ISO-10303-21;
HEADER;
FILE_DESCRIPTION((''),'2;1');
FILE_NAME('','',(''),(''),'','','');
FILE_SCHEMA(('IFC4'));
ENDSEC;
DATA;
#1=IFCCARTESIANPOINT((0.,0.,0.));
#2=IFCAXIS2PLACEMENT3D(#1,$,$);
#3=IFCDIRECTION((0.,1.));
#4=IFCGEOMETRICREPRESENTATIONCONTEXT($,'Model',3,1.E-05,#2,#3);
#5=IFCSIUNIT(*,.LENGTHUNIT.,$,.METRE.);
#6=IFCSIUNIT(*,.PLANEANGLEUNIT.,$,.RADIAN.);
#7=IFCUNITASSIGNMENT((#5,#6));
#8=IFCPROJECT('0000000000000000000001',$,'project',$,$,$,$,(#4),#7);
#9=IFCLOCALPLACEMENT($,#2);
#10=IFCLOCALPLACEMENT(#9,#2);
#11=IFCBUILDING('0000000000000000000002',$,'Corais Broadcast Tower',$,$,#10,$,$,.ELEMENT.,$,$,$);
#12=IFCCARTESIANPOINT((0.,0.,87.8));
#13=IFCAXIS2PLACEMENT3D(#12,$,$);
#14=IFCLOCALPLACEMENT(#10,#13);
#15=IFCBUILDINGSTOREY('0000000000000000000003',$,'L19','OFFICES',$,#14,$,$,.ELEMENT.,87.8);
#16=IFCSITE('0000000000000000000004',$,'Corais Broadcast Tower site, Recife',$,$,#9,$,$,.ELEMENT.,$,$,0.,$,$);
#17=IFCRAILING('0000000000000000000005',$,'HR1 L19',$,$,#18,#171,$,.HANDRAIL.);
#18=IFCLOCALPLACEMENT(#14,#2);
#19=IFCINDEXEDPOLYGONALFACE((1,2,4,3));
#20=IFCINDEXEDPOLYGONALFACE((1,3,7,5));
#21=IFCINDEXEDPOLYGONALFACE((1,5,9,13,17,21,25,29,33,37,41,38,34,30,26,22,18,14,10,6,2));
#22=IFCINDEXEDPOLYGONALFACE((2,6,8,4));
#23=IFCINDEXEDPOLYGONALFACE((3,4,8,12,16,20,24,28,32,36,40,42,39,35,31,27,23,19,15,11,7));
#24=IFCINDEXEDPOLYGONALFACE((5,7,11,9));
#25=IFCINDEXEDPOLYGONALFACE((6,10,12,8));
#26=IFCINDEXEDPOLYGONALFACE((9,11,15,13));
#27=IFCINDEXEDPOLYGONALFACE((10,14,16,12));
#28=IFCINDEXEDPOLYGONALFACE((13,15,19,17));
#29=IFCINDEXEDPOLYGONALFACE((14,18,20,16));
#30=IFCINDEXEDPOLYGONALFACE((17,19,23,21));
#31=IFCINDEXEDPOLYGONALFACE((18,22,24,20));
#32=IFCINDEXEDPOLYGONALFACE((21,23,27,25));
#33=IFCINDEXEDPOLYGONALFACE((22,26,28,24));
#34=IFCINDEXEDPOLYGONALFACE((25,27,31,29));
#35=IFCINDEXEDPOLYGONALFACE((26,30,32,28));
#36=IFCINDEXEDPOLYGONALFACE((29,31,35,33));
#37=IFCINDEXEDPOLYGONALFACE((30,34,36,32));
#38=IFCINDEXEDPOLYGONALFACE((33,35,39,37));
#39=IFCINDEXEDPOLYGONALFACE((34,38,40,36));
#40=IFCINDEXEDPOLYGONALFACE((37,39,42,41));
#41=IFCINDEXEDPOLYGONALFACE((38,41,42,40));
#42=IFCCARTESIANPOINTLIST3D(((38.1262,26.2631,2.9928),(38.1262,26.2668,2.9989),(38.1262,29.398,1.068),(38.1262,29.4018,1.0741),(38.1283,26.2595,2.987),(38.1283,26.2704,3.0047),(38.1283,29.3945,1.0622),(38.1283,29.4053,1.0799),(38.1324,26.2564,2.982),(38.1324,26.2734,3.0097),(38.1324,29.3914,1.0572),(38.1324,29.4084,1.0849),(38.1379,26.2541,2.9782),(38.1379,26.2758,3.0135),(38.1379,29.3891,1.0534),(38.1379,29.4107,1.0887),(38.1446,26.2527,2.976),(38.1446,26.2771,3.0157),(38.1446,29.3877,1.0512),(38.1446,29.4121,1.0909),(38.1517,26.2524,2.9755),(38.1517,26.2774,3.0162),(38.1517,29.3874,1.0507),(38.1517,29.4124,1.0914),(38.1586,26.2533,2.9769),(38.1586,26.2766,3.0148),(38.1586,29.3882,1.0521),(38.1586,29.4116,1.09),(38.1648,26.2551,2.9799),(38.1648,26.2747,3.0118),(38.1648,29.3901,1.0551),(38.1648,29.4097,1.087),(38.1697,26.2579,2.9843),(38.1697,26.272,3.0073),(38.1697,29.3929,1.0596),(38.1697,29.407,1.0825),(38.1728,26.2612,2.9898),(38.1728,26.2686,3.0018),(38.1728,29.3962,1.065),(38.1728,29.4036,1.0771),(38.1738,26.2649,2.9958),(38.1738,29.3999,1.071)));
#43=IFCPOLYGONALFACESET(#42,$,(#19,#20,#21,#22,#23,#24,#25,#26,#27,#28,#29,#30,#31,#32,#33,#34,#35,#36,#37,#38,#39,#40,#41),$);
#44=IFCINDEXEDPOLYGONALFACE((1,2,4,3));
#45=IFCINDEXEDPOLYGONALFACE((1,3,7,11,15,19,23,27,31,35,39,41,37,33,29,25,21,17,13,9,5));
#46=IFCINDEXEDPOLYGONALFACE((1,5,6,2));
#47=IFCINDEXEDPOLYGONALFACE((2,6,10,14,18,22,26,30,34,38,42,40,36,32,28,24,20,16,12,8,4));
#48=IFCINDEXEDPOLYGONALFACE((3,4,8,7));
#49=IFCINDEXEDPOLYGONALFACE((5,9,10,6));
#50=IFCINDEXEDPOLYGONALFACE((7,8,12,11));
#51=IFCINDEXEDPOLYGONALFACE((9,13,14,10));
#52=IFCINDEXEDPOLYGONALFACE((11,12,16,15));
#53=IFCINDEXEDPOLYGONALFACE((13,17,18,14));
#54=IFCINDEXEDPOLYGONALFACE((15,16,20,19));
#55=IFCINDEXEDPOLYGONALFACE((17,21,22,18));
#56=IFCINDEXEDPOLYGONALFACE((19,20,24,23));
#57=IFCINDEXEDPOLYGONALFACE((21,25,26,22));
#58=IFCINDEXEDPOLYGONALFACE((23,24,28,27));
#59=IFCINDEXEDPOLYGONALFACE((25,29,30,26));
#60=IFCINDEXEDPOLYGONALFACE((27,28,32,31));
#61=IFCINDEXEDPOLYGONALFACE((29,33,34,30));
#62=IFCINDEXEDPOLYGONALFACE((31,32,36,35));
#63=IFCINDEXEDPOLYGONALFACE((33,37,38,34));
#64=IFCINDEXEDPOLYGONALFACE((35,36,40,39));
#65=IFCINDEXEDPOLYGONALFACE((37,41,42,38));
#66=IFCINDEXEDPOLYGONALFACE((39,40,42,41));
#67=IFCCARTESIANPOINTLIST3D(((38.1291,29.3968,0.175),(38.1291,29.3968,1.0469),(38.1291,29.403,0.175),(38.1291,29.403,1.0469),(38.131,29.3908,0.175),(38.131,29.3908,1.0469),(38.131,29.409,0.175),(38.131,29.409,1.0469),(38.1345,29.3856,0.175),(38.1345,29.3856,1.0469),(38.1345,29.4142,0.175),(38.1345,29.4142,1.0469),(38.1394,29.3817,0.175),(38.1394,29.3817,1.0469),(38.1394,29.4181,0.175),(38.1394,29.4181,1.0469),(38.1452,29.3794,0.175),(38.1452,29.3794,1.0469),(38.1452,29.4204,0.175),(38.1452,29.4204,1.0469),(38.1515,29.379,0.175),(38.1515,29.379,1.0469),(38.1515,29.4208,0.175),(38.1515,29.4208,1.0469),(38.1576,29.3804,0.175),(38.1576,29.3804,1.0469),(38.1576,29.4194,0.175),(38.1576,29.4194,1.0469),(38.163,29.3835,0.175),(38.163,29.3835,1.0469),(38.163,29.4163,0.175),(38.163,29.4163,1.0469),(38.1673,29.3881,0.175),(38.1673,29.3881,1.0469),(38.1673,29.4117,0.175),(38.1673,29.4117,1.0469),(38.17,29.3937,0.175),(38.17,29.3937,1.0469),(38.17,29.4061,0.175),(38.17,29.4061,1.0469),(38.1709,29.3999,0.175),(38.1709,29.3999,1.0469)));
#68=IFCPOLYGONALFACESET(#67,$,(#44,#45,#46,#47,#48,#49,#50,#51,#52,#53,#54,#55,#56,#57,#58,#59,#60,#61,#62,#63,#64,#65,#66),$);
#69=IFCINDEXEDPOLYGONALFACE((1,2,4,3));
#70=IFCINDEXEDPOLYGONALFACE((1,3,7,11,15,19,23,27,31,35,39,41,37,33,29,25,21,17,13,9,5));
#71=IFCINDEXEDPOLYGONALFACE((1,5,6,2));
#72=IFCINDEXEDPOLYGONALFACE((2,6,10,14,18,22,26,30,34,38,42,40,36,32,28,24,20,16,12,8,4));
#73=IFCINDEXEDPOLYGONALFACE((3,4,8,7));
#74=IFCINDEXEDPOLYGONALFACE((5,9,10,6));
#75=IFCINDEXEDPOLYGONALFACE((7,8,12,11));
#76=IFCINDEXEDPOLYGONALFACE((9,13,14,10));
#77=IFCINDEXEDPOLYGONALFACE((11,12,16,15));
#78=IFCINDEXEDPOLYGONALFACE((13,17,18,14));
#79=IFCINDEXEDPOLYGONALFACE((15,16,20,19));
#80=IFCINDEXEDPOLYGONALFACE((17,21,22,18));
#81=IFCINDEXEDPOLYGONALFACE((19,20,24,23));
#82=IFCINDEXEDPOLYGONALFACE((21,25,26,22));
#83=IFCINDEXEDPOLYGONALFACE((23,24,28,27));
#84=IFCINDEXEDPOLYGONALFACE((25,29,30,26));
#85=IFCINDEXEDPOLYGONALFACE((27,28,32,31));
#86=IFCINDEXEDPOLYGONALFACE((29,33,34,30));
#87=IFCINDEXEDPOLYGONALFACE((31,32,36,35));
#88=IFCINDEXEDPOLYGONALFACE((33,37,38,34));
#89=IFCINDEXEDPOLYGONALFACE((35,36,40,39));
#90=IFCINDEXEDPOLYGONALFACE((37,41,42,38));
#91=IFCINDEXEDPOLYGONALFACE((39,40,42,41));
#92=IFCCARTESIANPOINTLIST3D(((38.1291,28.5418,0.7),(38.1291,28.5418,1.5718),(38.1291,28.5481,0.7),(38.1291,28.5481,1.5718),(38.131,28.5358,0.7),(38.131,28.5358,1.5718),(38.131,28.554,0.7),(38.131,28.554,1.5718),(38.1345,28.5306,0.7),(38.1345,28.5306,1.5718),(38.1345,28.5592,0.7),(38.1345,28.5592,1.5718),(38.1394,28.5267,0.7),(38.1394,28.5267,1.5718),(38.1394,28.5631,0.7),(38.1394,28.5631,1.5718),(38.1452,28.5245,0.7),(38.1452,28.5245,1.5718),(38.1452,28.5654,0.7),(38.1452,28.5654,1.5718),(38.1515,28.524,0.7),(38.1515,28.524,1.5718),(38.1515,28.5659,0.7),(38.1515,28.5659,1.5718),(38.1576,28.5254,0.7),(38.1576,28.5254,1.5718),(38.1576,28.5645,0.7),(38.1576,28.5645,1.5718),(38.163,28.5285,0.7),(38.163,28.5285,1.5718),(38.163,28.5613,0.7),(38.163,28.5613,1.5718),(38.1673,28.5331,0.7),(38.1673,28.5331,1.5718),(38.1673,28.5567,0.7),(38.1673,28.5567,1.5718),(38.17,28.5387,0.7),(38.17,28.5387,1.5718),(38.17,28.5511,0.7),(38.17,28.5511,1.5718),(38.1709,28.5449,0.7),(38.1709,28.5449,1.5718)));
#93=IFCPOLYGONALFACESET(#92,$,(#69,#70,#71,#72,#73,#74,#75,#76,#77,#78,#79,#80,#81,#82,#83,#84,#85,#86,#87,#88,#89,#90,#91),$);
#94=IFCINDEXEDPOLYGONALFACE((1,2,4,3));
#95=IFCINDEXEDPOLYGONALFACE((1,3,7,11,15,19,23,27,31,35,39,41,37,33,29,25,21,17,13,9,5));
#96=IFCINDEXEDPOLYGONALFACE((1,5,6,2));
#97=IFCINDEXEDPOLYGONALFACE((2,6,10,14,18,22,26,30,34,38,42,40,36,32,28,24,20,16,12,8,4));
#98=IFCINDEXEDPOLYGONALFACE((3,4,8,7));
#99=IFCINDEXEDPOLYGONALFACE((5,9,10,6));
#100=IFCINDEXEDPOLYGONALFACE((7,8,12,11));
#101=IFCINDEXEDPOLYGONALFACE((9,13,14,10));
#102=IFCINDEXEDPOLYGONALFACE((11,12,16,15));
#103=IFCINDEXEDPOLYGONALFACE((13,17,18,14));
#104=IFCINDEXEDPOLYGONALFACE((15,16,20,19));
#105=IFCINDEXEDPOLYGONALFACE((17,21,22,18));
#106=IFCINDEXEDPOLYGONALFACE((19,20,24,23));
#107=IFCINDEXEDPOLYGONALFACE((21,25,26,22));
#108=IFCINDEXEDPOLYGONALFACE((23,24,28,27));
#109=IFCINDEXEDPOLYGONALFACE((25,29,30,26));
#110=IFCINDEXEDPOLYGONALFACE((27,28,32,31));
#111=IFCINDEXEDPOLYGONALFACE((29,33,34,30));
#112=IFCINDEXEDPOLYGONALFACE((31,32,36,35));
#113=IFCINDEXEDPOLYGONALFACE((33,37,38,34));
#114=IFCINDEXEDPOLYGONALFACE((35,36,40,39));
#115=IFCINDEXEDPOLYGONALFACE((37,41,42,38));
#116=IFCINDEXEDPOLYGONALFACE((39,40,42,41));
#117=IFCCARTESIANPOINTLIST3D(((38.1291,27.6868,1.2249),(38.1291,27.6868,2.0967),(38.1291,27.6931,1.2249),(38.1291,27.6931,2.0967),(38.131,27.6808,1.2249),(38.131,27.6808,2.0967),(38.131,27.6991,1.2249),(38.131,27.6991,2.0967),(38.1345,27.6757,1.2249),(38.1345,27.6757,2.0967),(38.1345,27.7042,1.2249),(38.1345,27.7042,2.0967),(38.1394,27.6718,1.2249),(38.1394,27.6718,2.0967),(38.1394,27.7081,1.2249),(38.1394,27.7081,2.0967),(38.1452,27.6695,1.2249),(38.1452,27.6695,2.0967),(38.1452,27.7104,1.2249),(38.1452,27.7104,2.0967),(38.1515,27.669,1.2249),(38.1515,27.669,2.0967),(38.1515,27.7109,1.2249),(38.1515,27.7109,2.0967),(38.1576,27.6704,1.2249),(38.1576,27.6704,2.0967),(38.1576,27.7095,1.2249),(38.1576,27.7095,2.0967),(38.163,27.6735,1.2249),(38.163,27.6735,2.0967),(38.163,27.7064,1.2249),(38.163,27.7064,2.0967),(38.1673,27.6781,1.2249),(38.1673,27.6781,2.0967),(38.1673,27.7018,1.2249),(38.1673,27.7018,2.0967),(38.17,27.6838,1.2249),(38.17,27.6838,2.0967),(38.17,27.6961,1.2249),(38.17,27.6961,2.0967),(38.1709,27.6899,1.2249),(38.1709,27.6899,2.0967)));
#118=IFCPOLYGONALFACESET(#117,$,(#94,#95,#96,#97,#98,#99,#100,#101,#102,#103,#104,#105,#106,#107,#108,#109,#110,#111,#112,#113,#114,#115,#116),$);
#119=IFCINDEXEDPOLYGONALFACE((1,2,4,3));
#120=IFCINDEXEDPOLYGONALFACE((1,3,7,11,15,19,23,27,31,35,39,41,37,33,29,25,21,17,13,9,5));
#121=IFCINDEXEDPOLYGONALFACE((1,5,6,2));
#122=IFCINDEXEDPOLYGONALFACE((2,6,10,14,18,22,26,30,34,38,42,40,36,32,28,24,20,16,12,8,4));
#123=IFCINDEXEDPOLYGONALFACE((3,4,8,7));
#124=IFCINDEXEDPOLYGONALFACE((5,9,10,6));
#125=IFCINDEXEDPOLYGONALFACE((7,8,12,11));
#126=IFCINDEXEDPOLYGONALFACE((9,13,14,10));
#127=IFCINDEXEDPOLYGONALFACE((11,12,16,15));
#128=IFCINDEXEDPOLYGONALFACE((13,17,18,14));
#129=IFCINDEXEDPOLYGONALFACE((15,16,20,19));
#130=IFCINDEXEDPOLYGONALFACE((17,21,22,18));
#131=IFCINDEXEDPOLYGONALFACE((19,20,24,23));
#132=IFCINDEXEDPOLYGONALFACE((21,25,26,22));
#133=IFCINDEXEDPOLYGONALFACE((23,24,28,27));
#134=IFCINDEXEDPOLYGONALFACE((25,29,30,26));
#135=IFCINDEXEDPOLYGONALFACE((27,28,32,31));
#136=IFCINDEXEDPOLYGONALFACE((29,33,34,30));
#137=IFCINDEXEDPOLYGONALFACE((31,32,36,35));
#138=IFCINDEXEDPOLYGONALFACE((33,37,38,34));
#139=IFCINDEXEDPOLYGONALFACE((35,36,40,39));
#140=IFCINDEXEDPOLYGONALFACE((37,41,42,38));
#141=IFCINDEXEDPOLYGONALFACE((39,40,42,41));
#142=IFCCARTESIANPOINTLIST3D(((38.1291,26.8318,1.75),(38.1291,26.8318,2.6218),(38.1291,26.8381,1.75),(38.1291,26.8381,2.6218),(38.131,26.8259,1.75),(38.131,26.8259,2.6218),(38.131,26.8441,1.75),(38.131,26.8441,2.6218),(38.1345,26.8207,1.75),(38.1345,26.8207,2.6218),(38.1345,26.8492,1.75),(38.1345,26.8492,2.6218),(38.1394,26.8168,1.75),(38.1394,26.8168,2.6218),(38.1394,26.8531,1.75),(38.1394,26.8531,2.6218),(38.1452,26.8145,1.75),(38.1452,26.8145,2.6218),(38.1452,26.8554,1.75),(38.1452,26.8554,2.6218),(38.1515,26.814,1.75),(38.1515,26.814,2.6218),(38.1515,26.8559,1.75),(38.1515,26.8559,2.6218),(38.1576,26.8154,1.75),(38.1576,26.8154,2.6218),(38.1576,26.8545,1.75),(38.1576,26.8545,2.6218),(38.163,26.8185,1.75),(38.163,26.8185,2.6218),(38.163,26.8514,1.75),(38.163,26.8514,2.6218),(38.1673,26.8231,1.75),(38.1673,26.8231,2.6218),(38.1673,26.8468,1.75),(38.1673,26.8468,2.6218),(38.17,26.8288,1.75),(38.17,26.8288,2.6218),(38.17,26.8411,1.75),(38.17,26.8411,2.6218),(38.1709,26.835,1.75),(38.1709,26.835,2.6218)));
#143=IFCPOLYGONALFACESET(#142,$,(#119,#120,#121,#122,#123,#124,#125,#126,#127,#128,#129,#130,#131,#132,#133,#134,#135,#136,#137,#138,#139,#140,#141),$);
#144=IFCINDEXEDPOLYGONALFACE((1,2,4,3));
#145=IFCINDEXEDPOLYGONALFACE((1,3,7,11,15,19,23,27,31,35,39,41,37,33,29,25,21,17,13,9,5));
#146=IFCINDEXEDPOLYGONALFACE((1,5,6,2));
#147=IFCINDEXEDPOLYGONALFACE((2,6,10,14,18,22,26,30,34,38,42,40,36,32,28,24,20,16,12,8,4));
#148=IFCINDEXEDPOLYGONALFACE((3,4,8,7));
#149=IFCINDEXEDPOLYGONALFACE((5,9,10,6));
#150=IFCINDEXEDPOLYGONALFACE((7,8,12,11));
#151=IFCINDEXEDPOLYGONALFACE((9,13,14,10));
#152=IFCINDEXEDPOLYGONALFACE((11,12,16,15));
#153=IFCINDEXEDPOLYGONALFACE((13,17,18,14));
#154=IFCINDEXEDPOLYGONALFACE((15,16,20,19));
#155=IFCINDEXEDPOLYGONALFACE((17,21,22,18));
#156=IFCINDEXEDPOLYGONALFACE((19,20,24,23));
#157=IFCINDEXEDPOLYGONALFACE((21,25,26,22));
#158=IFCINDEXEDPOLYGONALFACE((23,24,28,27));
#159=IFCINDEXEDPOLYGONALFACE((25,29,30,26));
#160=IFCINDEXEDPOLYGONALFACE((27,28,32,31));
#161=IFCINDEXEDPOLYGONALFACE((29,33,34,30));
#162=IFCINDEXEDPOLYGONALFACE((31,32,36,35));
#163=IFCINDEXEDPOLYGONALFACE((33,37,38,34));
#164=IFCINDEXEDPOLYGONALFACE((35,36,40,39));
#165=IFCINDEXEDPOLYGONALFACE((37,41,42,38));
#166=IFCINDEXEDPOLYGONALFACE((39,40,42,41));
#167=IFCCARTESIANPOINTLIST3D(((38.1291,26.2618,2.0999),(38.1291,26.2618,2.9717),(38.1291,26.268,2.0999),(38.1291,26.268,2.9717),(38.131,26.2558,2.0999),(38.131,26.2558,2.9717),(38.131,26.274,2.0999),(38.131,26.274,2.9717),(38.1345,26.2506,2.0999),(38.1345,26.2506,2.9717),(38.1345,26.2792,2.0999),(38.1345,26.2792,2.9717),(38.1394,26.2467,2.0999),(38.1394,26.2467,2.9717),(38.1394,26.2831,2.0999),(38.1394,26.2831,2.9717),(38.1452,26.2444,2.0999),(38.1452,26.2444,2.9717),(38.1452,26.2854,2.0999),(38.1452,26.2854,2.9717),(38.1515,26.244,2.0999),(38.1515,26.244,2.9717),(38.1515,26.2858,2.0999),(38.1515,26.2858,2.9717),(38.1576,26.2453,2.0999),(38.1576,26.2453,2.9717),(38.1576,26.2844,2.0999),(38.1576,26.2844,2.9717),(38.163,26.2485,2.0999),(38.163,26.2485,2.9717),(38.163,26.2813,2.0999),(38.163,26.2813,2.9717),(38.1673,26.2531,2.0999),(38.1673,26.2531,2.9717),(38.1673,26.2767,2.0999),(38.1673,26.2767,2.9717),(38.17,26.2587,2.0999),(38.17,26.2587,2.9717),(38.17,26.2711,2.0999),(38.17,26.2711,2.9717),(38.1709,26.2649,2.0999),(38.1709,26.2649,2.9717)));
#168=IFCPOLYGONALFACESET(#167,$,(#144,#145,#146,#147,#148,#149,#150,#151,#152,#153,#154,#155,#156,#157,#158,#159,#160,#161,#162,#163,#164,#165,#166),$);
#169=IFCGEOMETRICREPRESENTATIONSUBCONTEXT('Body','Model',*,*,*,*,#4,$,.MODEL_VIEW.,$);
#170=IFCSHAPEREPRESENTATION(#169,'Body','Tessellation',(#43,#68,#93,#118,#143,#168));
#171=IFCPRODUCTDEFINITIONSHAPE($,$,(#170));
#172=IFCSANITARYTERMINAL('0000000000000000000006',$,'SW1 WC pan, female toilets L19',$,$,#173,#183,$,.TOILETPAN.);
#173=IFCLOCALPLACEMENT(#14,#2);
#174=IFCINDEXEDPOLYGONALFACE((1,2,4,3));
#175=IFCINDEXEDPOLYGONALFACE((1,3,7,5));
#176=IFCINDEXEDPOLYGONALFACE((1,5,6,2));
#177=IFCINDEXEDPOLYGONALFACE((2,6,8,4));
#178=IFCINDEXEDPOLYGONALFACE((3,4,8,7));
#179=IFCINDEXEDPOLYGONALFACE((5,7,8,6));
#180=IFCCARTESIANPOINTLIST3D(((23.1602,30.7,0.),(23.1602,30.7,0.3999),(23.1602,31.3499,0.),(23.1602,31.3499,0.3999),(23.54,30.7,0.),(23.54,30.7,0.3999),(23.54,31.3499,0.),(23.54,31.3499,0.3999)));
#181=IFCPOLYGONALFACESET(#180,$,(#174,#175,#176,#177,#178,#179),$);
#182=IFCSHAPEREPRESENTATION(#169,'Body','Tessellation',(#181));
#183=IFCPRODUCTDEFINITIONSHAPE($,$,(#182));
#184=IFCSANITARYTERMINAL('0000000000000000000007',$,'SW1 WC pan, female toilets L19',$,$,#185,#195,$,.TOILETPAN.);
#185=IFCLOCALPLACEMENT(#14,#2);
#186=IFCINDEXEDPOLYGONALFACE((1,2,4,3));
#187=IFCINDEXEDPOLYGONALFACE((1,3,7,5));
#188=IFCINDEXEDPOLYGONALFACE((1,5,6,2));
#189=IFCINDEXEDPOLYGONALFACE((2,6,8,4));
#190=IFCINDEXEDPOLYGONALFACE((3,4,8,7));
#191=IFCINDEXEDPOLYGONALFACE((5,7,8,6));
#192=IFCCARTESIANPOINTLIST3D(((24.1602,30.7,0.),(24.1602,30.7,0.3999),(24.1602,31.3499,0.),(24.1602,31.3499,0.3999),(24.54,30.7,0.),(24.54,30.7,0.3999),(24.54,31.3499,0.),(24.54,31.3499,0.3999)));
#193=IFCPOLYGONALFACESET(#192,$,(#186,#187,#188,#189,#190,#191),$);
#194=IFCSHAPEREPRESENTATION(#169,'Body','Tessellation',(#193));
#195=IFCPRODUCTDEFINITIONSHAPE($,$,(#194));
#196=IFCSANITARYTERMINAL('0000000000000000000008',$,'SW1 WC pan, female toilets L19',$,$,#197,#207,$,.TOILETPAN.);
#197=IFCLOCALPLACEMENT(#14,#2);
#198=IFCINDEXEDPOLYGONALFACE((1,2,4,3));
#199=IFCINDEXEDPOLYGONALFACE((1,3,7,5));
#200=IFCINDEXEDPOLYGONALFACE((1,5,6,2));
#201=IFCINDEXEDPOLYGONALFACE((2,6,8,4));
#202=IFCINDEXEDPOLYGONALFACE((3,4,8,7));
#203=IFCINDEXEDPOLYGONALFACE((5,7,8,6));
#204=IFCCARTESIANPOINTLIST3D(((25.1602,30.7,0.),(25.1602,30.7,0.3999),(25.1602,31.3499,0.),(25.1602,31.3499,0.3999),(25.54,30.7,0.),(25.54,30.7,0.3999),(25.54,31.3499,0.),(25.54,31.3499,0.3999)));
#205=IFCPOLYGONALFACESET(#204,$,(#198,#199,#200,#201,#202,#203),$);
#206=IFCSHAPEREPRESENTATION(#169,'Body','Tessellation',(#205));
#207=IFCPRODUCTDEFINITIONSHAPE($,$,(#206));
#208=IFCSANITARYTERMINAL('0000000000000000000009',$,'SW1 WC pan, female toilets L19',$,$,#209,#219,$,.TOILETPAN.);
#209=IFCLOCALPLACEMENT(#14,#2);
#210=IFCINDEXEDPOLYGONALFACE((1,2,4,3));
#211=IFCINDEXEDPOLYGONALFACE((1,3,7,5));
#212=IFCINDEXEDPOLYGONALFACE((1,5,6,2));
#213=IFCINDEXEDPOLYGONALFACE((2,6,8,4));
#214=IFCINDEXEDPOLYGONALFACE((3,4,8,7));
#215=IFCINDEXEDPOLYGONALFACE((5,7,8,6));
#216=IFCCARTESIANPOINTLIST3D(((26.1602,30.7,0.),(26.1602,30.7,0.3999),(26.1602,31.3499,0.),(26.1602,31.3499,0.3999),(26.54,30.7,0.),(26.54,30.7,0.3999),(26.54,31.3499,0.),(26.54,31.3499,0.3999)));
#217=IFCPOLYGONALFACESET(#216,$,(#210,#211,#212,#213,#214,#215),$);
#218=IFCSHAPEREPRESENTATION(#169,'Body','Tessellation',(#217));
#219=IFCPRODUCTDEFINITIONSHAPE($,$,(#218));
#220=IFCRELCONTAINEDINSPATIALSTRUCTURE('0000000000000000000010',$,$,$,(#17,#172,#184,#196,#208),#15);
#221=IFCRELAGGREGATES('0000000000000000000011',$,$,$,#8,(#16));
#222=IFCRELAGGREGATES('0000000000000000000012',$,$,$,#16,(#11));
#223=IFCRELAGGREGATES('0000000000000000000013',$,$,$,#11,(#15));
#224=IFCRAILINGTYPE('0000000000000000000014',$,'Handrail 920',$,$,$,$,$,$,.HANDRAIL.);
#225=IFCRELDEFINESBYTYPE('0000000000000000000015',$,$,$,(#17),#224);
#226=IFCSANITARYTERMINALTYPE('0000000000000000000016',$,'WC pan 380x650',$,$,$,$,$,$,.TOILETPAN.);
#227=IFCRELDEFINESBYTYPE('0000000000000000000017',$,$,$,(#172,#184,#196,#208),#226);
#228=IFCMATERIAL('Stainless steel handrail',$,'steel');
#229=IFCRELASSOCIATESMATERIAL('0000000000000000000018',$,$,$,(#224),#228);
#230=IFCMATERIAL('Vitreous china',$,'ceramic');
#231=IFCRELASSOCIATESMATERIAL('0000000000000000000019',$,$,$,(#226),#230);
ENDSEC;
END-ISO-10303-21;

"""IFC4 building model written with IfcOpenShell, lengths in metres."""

from ifc_helpers import new_model, si_unit, direction, frame, origin, origin_2d, place, context, subcontext, project, spatial, rectangle, circle, extrude, material, type_object, element, save


model = new_model("IFC4")

# Units and contexts
model_context = context("Model", 3, precision=1e-05, world=origin(), true_north=direction((0.0, 1.0)))
body_context = subcontext(model_context, "Body", "Model", "MODEL_VIEW")
ifc_project = project(units=[si_unit("LENGTHUNIT", "METRE"), si_unit("PLANEANGLEUNIT", "RADIAN")], contexts=[model_context])

# Site, building, storey
site_placement = place(None, origin())
site = spatial("IfcSite", under=ifc_project, at=site_placement, Name="Corais Broadcast Tower site, Recife", CompositionType="ELEMENT", RefElevation=0.0)
building_placement = place(site_placement, origin())
building = spatial("IfcBuilding", under=site, at=building_placement, Name="Corais Broadcast Tower", CompositionType="ELEMENT")
storey_placement = place(building_placement, frame((0.0, 0.0, 87.8)))
storey = spatial("IfcBuildingStorey", under=building, at=storey_placement, Name="L19", Description="OFFICES", CompositionType="ELEMENT", Elevation=87.8)

# Railing
ifc_material_1 = material(Name="Stainless steel handrail", Category="steel")
railing_type = type_object("IfcRailingType", Name="Handrail 920", PredefinedType="HANDRAIL", material=ifc_material_1)
for number, where, name in (
    (1, (38.1499, 29.3999, 0.175), "HR1 L19"),
):
    element("IfcRailing", number, at=place(storey_placement, frame(where)), inside=storey, type_object=railing_type, Name=name, PredefinedType="HANDRAIL", context=body_context, shape_type="SweptSolid", body=[
        extrude(circle(Radius=0.0239, at=origin_2d()), frame((0.0, 0.0, 0.896), z_axis=(0.0, -0.852196, 0.523223), x_axis=(1.0, 0.0, 0.0)), (0.0, 0.0, 1.0), 3.6787),
        extrude(circle(Radius=0.021, at=origin_2d()), origin(), (0.0, 0.0, 1.0), 0.8718),
        extrude(circle(Radius=0.021, at=origin_2d()), frame((0.0, -0.855, 0.5249)), (0.0, 0.0, 1.0), 0.8718),
        extrude(circle(Radius=0.021, at=origin_2d()), frame((0.0, -1.71, 1.0498)), (0.0, 0.0, 1.0), 0.8718),
        extrude(circle(Radius=0.021, at=origin_2d()), frame((0.0, -2.5649, 1.575)), (0.0, 0.0, 1.0), 0.8718),
        extrude(circle(Radius=0.021, at=origin_2d()), frame((0.0, -3.135, 1.9248)), (0.0, 0.0, 1.0), 0.8718),
    ])

# Sanitary terminals
ifc_material_2 = material(Name="Vitreous china", Category="ceramic")
sanitary_terminal_type_1 = type_object("IfcSanitaryTerminalType", Name="WC pan 380x650", PredefinedType="TOILETPAN", material=ifc_material_2)
for number, where, z_axis, x_axis, name in (
    (2, (23.3501, 31.0249, 0.0), (0.0, 0.0, 1.0), (1.0, 0.0, 0.0), "SW1 WC pan, female toilets L19"),
    (3, (24.3501, 31.0249, 0.0), (0.0, 0.0, 1.0), (1.0, 0.0, 0.0), "SW1 WC pan, female toilets L19"),
    (4, (25.3501, 31.0249, 0.0), (0.0, 0.0, 1.0), (1.0, 0.0, 0.0), "SW1 WC pan, female toilets L19"),
    (5, (26.3501, 31.0249, 0.0), (0.0, 0.0, 1.0), (1.0, 0.0, 0.0), "SW1 WC pan, female toilets L19"),
):
    element("IfcSanitaryTerminal", number, at=place(storey_placement, frame(where, z_axis=z_axis, x_axis=x_axis)), inside=storey, type_object=sanitary_terminal_type_1, Name=name, PredefinedType="TOILETPAN", context=body_context, shape_type="SweptSolid", body=[
        extrude(rectangle(XDim=0.3799, YDim=0.6499, at=origin_2d()), origin(), (0.0, 0.0, 1.0), 0.3999),
    ])

save(model, "model.ifc")
